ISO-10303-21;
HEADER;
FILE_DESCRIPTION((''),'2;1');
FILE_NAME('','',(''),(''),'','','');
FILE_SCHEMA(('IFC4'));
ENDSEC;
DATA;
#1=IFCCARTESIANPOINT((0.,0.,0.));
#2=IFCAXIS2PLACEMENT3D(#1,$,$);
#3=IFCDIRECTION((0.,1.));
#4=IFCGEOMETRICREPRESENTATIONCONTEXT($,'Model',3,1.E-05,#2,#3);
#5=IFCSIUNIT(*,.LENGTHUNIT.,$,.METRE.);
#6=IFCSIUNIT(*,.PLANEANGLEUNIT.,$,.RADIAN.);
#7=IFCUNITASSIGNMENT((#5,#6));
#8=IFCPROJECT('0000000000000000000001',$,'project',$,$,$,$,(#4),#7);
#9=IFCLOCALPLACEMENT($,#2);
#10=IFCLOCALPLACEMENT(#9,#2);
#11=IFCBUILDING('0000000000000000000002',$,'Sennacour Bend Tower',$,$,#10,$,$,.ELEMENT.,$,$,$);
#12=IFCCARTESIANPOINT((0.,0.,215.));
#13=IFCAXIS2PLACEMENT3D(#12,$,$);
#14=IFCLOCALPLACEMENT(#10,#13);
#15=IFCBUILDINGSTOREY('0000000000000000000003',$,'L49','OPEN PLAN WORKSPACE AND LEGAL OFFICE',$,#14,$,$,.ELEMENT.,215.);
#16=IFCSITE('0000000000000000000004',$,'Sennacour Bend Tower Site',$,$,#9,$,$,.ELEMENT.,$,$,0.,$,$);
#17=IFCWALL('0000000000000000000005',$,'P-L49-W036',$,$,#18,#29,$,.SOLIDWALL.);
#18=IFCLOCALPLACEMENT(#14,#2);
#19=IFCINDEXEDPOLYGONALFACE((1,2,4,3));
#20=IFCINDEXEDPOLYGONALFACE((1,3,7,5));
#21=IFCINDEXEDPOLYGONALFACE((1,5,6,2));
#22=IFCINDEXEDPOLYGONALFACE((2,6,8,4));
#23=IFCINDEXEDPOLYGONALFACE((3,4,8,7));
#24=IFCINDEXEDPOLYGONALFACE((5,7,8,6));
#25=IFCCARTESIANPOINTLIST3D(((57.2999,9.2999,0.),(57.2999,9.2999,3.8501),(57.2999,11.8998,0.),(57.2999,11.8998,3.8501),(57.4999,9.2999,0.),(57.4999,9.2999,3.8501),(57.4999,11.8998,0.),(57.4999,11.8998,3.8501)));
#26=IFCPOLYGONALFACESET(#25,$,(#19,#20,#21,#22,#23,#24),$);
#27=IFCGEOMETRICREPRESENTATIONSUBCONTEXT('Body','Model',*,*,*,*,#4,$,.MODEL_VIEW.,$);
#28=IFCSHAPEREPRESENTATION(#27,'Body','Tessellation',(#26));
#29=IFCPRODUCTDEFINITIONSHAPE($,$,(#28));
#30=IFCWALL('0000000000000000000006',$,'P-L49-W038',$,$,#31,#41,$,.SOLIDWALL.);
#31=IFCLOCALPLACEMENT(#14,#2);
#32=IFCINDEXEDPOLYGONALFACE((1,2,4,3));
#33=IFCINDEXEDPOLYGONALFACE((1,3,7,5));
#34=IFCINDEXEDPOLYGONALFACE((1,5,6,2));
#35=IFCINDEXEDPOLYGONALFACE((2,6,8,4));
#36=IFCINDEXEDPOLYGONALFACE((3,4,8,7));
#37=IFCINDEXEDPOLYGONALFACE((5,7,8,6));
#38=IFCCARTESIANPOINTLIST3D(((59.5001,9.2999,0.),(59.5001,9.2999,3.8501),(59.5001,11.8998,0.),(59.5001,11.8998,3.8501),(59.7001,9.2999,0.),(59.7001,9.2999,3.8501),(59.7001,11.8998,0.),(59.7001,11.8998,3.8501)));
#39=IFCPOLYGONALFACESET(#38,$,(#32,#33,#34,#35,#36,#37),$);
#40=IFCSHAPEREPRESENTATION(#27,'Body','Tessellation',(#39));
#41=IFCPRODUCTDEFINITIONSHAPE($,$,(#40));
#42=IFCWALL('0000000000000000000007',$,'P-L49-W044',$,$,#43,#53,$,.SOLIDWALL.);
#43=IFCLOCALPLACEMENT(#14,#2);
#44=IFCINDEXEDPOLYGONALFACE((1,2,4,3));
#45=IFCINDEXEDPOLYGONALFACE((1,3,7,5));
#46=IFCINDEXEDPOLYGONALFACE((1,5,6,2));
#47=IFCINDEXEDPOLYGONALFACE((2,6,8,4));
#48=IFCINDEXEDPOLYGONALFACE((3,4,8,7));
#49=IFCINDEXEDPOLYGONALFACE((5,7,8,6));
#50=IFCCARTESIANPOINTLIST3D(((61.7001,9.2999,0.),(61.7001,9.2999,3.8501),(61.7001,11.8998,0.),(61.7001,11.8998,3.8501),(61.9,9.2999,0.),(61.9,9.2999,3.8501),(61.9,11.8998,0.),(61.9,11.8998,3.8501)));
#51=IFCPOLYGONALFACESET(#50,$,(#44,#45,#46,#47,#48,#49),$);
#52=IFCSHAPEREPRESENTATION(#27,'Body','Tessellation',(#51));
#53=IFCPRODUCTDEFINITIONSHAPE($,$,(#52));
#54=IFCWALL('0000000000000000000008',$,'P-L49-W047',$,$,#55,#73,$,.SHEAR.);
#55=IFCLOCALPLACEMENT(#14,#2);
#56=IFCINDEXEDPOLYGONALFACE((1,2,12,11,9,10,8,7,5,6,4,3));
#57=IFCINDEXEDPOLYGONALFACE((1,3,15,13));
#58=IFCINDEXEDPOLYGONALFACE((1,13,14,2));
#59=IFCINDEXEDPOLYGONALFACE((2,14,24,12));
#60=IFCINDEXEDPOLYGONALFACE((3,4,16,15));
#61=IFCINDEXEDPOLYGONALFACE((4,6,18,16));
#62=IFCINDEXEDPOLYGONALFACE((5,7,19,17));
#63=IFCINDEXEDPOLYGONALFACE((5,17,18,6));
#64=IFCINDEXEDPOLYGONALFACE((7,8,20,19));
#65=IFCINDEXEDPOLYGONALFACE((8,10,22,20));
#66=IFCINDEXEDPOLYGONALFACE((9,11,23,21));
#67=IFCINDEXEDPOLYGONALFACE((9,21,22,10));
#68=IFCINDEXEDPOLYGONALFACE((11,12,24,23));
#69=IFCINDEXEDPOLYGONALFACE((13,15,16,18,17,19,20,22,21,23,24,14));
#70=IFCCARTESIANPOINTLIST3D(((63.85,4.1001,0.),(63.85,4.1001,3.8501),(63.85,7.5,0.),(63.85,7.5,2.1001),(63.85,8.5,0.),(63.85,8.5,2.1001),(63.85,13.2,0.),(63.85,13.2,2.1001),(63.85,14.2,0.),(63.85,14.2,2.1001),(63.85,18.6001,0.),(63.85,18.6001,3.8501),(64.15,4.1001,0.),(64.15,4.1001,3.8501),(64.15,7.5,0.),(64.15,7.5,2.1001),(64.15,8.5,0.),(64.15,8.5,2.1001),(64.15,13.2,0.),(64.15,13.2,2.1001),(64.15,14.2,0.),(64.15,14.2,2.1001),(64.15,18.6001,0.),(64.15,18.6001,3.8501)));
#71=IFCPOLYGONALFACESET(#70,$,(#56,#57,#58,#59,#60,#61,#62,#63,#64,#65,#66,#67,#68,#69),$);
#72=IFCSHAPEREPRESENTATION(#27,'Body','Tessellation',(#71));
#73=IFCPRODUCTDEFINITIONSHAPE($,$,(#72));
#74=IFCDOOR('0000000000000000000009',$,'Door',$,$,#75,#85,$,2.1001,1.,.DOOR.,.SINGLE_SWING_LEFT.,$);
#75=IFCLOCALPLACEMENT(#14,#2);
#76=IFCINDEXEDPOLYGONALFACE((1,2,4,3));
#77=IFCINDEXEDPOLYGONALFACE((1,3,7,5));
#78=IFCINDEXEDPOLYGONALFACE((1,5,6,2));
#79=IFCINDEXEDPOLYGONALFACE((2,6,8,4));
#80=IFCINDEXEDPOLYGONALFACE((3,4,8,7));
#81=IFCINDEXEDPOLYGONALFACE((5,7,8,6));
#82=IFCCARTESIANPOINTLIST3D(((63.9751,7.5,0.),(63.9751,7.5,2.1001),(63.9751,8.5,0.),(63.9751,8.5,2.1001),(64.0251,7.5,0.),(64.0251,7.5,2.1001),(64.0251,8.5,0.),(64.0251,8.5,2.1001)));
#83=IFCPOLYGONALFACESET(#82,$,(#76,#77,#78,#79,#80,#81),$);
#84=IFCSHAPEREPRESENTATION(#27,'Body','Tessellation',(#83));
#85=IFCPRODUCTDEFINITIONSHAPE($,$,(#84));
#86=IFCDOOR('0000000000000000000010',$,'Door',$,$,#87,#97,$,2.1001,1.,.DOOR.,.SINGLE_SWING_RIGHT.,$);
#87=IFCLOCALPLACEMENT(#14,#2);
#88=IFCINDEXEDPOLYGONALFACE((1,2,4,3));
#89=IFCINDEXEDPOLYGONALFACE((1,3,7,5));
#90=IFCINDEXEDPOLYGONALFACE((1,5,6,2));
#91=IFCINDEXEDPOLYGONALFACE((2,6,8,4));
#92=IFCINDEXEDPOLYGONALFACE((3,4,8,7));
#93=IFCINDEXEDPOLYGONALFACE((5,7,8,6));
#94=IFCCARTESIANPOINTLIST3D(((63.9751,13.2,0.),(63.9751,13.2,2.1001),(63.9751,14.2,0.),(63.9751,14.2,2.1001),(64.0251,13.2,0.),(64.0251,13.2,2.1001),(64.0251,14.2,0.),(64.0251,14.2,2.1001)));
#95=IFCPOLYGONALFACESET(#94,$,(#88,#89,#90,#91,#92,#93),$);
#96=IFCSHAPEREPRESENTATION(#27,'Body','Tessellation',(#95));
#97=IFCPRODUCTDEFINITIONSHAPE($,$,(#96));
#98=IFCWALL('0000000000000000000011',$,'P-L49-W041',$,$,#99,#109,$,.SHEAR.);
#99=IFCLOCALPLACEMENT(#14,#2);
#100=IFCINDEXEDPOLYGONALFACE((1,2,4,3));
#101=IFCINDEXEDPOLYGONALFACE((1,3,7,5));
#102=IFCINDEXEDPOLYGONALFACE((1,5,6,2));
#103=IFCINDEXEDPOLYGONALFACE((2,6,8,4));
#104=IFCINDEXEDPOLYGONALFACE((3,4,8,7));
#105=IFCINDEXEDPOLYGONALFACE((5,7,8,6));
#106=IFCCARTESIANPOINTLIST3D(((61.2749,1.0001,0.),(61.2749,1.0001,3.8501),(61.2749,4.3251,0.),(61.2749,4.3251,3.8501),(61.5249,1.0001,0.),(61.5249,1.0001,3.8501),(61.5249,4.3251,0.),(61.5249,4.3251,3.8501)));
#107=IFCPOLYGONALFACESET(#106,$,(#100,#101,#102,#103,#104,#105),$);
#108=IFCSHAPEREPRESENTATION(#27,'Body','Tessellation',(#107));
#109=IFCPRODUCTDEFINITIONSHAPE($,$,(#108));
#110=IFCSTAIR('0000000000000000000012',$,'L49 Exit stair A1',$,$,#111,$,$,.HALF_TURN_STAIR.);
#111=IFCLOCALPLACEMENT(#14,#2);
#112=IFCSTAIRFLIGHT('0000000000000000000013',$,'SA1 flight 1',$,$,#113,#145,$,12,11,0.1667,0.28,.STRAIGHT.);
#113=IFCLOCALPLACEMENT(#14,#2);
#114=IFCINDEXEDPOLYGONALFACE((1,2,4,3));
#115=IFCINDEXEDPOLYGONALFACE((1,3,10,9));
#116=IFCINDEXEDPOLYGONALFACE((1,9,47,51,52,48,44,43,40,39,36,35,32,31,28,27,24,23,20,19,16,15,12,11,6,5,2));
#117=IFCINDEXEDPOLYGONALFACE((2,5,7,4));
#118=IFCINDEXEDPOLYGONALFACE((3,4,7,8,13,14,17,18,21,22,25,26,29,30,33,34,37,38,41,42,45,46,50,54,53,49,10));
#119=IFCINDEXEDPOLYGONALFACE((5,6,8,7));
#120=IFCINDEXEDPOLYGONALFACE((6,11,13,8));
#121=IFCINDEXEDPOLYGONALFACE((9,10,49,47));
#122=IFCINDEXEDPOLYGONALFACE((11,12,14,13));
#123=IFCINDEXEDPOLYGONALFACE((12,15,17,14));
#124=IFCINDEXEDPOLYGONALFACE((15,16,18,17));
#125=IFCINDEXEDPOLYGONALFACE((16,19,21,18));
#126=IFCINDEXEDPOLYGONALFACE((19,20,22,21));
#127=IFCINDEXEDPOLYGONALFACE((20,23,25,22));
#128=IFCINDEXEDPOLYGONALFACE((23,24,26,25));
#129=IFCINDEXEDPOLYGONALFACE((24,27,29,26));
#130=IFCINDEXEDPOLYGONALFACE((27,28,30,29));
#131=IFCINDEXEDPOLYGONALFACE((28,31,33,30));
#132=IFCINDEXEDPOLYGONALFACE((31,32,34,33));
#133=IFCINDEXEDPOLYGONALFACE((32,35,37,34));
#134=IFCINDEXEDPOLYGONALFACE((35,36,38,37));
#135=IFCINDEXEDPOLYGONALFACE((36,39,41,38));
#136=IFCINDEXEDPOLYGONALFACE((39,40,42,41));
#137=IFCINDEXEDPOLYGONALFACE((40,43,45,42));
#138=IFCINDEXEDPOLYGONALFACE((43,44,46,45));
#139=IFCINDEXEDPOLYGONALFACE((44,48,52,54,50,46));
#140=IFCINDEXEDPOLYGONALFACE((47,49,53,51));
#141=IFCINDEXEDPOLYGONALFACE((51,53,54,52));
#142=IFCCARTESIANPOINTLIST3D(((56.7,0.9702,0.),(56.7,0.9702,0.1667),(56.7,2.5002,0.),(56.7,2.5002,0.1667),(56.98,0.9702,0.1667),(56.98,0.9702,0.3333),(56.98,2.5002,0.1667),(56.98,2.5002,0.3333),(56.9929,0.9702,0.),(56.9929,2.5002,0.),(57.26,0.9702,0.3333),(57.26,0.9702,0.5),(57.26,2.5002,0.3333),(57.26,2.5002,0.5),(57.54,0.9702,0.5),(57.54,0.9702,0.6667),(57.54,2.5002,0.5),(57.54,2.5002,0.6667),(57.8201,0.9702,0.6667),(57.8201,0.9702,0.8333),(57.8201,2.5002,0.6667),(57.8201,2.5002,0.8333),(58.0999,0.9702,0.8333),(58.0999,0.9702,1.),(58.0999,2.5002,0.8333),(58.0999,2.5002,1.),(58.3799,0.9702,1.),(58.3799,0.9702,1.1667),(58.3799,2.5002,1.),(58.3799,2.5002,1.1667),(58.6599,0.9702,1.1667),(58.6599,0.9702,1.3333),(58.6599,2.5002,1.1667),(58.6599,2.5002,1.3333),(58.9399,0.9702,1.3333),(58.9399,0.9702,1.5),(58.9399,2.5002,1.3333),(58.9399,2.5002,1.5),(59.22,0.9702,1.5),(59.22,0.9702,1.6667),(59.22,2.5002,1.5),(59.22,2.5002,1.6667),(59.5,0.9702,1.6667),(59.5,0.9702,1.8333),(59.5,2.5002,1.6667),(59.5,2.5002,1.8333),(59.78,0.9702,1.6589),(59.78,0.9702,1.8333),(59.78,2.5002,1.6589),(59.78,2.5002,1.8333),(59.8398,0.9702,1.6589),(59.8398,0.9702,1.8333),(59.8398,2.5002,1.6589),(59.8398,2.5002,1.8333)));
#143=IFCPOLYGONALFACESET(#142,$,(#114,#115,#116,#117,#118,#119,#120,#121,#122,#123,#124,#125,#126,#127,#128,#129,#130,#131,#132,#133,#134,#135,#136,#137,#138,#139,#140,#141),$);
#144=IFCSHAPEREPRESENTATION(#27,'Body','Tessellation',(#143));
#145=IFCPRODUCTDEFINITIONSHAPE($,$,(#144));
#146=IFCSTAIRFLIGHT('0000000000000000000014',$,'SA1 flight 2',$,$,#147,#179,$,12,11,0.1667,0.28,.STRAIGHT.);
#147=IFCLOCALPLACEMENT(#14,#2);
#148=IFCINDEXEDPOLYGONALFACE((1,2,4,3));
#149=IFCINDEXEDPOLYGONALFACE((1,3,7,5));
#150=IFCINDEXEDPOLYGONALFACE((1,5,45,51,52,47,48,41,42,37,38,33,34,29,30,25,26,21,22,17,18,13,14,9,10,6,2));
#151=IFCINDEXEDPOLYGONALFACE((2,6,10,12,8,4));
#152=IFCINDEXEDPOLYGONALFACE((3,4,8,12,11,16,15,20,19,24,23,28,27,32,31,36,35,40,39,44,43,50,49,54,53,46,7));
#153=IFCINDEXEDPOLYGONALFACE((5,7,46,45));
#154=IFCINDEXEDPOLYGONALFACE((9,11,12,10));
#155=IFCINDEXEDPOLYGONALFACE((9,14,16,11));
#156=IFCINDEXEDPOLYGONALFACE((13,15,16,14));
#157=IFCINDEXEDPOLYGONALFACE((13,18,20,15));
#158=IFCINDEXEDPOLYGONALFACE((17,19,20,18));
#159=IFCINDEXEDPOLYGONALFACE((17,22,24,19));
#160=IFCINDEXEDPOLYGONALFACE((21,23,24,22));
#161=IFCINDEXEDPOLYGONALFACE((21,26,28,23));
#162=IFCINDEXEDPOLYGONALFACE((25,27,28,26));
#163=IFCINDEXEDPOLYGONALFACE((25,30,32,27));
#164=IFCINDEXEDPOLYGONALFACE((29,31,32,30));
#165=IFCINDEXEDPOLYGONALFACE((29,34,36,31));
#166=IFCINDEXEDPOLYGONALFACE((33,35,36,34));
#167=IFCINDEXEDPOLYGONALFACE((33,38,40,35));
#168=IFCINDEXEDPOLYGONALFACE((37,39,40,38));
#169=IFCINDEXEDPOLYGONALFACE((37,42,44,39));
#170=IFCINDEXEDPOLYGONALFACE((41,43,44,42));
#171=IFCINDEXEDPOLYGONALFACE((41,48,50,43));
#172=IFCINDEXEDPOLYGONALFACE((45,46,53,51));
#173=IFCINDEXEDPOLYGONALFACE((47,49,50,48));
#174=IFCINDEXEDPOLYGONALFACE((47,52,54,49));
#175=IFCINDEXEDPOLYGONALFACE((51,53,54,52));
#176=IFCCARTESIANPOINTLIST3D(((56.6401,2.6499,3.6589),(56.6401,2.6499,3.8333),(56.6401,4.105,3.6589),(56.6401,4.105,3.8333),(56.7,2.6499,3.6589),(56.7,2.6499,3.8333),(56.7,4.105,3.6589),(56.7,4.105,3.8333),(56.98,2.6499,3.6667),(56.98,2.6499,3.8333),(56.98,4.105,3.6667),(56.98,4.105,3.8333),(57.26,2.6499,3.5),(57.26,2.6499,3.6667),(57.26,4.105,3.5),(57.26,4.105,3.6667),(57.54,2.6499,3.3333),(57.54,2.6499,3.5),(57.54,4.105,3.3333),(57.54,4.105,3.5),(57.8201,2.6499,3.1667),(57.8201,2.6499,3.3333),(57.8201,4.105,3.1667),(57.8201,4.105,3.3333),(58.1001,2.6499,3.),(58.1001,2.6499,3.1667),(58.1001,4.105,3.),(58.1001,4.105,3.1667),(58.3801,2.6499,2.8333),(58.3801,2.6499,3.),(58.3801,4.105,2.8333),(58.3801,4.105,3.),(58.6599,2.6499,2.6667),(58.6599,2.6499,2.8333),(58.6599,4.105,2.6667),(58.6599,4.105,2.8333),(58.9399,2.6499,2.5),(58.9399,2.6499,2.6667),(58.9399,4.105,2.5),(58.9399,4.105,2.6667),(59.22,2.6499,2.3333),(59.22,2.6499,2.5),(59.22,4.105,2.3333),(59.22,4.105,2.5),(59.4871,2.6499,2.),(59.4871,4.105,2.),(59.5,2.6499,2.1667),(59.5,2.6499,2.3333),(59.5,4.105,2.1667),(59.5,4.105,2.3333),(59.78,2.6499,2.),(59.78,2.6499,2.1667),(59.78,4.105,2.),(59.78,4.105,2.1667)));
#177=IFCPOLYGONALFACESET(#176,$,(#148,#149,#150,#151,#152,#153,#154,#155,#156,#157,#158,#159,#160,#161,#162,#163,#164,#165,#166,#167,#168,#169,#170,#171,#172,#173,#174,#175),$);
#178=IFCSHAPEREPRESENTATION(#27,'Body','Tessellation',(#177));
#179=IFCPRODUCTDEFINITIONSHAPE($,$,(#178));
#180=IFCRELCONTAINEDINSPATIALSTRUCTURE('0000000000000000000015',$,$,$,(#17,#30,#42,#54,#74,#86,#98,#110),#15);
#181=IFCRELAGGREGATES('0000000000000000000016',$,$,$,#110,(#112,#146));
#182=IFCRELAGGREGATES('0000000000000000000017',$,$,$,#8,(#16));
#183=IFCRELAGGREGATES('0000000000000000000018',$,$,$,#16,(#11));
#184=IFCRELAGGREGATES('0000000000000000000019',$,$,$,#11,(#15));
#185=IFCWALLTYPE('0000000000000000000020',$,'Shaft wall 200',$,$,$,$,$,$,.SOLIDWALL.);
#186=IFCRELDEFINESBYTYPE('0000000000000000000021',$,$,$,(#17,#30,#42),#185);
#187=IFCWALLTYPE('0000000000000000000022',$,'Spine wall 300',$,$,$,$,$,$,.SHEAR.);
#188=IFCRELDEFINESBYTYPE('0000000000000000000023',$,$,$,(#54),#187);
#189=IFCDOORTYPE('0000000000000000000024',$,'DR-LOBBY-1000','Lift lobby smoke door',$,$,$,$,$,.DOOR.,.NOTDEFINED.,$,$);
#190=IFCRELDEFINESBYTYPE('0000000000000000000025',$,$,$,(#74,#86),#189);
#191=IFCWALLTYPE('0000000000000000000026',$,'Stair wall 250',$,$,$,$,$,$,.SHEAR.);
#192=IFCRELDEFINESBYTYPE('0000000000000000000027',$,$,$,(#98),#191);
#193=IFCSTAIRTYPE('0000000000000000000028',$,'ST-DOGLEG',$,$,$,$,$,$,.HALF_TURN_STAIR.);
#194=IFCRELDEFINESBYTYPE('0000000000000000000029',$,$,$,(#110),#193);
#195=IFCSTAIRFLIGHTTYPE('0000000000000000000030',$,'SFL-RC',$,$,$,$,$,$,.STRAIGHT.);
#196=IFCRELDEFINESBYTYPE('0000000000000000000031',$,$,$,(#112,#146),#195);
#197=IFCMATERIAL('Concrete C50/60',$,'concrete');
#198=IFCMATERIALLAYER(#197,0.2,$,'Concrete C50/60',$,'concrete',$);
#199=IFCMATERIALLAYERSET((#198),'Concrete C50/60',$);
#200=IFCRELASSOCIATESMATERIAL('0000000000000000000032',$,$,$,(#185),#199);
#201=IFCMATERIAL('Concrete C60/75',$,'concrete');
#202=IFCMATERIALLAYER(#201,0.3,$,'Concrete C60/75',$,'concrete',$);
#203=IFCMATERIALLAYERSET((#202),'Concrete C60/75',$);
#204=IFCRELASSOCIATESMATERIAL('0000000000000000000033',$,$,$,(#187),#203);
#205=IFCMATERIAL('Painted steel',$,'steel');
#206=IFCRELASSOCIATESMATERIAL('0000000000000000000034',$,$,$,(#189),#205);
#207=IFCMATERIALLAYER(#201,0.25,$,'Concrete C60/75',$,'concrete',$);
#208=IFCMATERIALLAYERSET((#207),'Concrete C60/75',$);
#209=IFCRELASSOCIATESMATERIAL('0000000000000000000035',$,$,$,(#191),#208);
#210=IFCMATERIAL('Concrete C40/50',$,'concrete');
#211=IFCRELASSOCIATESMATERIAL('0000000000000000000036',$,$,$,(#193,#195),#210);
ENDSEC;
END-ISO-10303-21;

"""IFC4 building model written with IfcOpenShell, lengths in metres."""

from ifc_helpers import new_model, si_unit, direction, frame, frame_2d, origin, place, context, subcontext, project, spatial, polyline, rectangle, outline, extrude, material, layer, layer_set, type_object, element, fill, aggregate, save


model = new_model("IFC4")

# Units and contexts
model_context = context("Model", 3, precision=1e-05, world=origin(), true_north=direction((0.0, 1.0)))
body_context = subcontext(model_context, "Body", "Model", "MODEL_VIEW")
ifc_project = project(units=[si_unit("LENGTHUNIT", "METRE"), si_unit("PLANEANGLEUNIT", "RADIAN")], contexts=[model_context])

# Site, building, storey
site_placement = place(None, origin())
site = spatial("IfcSite", under=ifc_project, at=site_placement, Name="Sennacour Bend Tower Site", CompositionType="ELEMENT", RefElevation=0.0)
building_placement = place(site_placement, origin())
building = spatial("IfcBuilding", under=site, at=building_placement, Name="Sennacour Bend Tower", CompositionType="ELEMENT")
storey_placement = place(building_placement, frame((0.0, 0.0, 215.0)))
storey = spatial("IfcBuildingStorey", under=building, at=storey_placement, Name="L49", Description="OPEN PLAN WORKSPACE AND LEGAL OFFICE", CompositionType="ELEMENT", Elevation=215.0)

# Shared definitions
ifc_material_1 = material(Name="Concrete C60/75", Category="concrete")

# Shared definitions
ifc_material_2 = material(Name="Painted steel", Category="steel")

# Walls
ifc_material_3 = material(Name="Concrete C50/60", Category="concrete")
ifc_layer_1 = layer(ifc_material_3, 0.2, Name="Concrete C50/60", Category="concrete")
ifc_layer_set_1 = layer_set([ifc_layer_1], Name="Concrete C50/60")
wall_type_1 = type_object("IfcWallType", Name="Shaft wall 200", PredefinedType="SOLIDWALL", material=ifc_layer_set_1)
for number, where, z_axis, x_axis, name in (
    (1, (57.3999, 9.3, 0.0), (0.0, 0.0, 1.0), (0.0, 1.0, 0.0), "P-L49-W036"),
    (2, (59.6001, 9.3, 0.0), (0.0, 0.0, 1.0), (0.0, 1.0, 0.0), "P-L49-W038"),
    (3, (61.8, 9.3, 0.0), (0.0, 0.0, 1.0), (0.0, 1.0, 0.0), "P-L49-W044"),
):
    element("IfcWall", number, at=place(storey_placement, frame(where, z_axis=z_axis, x_axis=x_axis)), inside=storey, type_object=wall_type_1, Name=name, PredefinedType="SOLIDWALL", context=body_context, shape_type="SweptSolid", body=[
        extrude(rectangle(XDim=2.5999, YDim=0.2, at=frame_2d((1.2998, 0.0))), origin(), (0.0, 0.0, 1.0), 3.8501),
    ])

# Wall, openings, doors
ifc_layer_2 = layer(ifc_material_1, 0.3, Name="Concrete C60/75", Category="concrete")
ifc_layer_set_2 = layer_set([ifc_layer_2], Name="Concrete C60/75")
wall_type_2 = type_object("IfcWallType", Name="Spine wall 300", PredefinedType="SHEAR", material=ifc_layer_set_2)
wall_1_placement = place(storey_placement, frame((64.0, 4.1001, 0.0), z_axis=(0.0, 0.0, 1.0), x_axis=(0.0, 1.0, 0.0)))
wall_1 = element("IfcWall", 4, at=wall_1_placement, inside=storey, type_object=wall_type_2, Name="P-L49-W047", PredefinedType="SHEAR", context=body_context, shape_type="SweptSolid", body=[
    extrude(rectangle(XDim=14.5, YDim=0.3, at=frame_2d((7.25, 0.0))), origin(), (0.0, 0.0, 1.0), 3.8501),
])
opening_1_placement = place(wall_1_placement, frame((3.3999, 0.0, 0.0)))
opening_1 = element("IfcOpeningElement", 5, at=opening_1_placement, cuts=wall_1, PredefinedType="OPENING", context=body_context, shape_type="SweptSolid", body=[
    extrude(rectangle(XDim=1.0, YDim=2.1001, at=frame_2d((0.5, 1.05))), frame((0.0, 0.1602, 0.0), z_axis=(0.0, -1.0, 0.0), x_axis=(1.0, 0.0, 0.0)), (0.0, 0.0, 1.0), 0.3201),
])
opening_2_placement = place(wall_1_placement, frame((9.0999, 0.0, 0.0)))
opening_2 = element("IfcOpeningElement", 6, at=opening_2_placement, cuts=wall_1, PredefinedType="OPENING", context=body_context, shape_type="SweptSolid", body=[
    extrude(rectangle(XDim=1.0, YDim=2.1001, at=frame_2d((0.5, 1.05))), frame((0.0, 0.1602, 0.0), z_axis=(0.0, -1.0, 0.0), x_axis=(1.0, 0.0, 0.0)), (0.0, 0.0, 1.0), 0.3201),
])
door_type_1 = type_object("IfcDoorType", Name="DR-LOBBY-1000", Description="Lift lobby smoke door", OperationType="NOTDEFINED", PredefinedType="DOOR", material=ifc_material_2)
door_1_placement = place(opening_1_placement, origin())
door_1 = element("IfcDoor", 7, at=door_1_placement, inside=storey, type_object=door_type_1, Name="Door", OperationType="SINGLE_SWING_LEFT", OverallHeight=2.1001, OverallWidth=1.0, PredefinedType="DOOR", context=body_context, shape_type="SweptSolid", body=[
    extrude(rectangle(XDim=1.0, YDim=2.1001, at=frame_2d((0.5, 1.05))), frame((0.0, 0.0249, 0.0), z_axis=(0.0, -1.0, 0.0), x_axis=(1.0, 0.0, 0.0)), (0.0, 0.0, 1.0), 0.05),
])
fill(opening_1, door_1)
door_2_placement = place(opening_2_placement, origin())
door_2 = element("IfcDoor", 8, at=door_2_placement, inside=storey, type_object=door_type_1, Name="Door", OperationType="SINGLE_SWING_RIGHT", OverallHeight=2.1001, OverallWidth=1.0, PredefinedType="DOOR", context=body_context, shape_type="SweptSolid", body=[
    extrude(rectangle(XDim=1.0, YDim=2.1001, at=frame_2d((0.5, 1.05))), frame((0.0, 0.0249, 0.0), z_axis=(0.0, -1.0, 0.0), x_axis=(1.0, 0.0, 0.0)), (0.0, 0.0, 1.0), 0.05),
])
fill(opening_2, door_2)

# Wall
ifc_layer_3 = layer(ifc_material_1, 0.25, Name="Concrete C60/75", Category="concrete")
ifc_layer_set_3 = layer_set([ifc_layer_3], Name="Concrete C60/75")
wall_type_3 = type_object("IfcWallType", Name="Stair wall 250", PredefinedType="SHEAR", material=ifc_layer_set_3)
wall_2_placement = place(storey_placement, frame((61.3999, 1.0, 0.0), z_axis=(0.0, 0.0, 1.0), x_axis=(0.0, 1.0, 0.0)))
element("IfcWall", 9, at=wall_2_placement, inside=storey, type_object=wall_type_3, Name="P-L49-W041", PredefinedType="SHEAR", context=body_context, shape_type="SweptSolid", body=[
    extrude(rectangle(XDim=3.325, YDim=0.25, at=frame_2d((1.6626, 0.0))), origin(), (0.0, 0.0, 1.0), 3.8501),
])

# Stair, stair flights
ifc_material_4 = material(Name="Concrete C40/50", Category="concrete")
stair_type = type_object("IfcStairType", Name="ST-DOGLEG", PredefinedType="HALF_TURN_STAIR", material=ifc_material_4)
stair_placement = place(storey_placement, origin())
stair = element("IfcStair", 10, at=stair_placement, inside=storey, type_object=stair_type, Name="L49 Exit stair A1", PredefinedType="HALF_TURN_STAIR")
stair_flight_type = type_object("IfcStairFlightType", Name="SFL-RC", PredefinedType="STRAIGHT", material=ifc_material_4)
stair_flight_1_placement = place(storey_placement, frame((56.7, 1.7351, 0.0), z_axis=(0.0, 0.0, 1.0), x_axis=(1.0, 0.0, 0.0)))
stair_flight_1 = element("IfcStairFlight", 11, at=stair_flight_1_placement, type_object=stair_flight_type, Name="SA1 flight 1", NumberOfRisers=12, NumberOfTreads=11, PredefinedType="STRAIGHT", RiserHeight=0.1667, TreadLength=0.28, context=body_context, shape_type="SweptSolid", body=[
    extrude(outline(polyline([(0.0, 0.0), (0.0, 0.1667), (0.28, 0.1667), (0.28, 0.3333), (0.5601, 0.3333), (0.5601, 0.5), (0.8401, 0.5), (0.8401, 0.6667), (1.1201, 0.6667), (1.1201, 0.8333), (1.3999, 0.8333), (1.3999, 1.0), (1.6799, 1.0), (1.6799, 1.1667), (1.96, 1.1667), (1.96, 1.3333), (2.24, 1.3333), (2.24, 1.5), (2.52, 1.5), (2.52, 1.6667), (2.8, 1.6667), (2.8, 1.8333), (3.0801, 1.8333), (3.1399, 1.8333), (3.1399, 1.6589), (3.0801, 1.6589), (0.293, 0.0), (0.0, 0.0)])), frame((0.0, 0.7651, 0.0), z_axis=(0.0, -1.0, 0.0), x_axis=(1.0, 0.0, 0.0)), (0.0, 0.0, 1.0), 1.53),
])
stair_flight_2_placement = place(storey_placement, frame((59.78, 3.3774, 2.0), z_axis=(0.0, 0.0, 1.0), x_axis=(-1.0, 0.0, 0.0)))
stair_flight_2 = element("IfcStairFlight", 12, at=stair_flight_2_placement, type_object=stair_flight_type, Name="SA1 flight 2", NumberOfRisers=12, NumberOfTreads=11, PredefinedType="STRAIGHT", RiserHeight=0.1667, TreadLength=0.28, context=body_context, shape_type="SweptSolid", body=[
    extrude(outline(polyline([(0.0, 0.0), (0.0, 0.1667), (0.28, 0.1667), (0.28, 0.3333), (0.5601, 0.3333), (0.5601, 0.5), (0.8401, 0.5), (0.8401, 0.6667), (1.1201, 0.6667), (1.1201, 0.8333), (1.3999, 0.8333), (1.3999, 1.0), (1.6799, 1.0), (1.6799, 1.1667), (1.96, 1.1667), (1.96, 1.3333), (2.24, 1.3333), (2.24, 1.5), (2.52, 1.5), (2.52, 1.6667), (2.8, 1.6667), (2.8, 1.8333), (3.0801, 1.8333), (3.1399, 1.8333), (3.1399, 1.6589), (3.0801, 1.6589), (0.293, 0.0), (0.0, 0.0)])), frame((0.0, 0.7275, 0.0), z_axis=(0.0, -1.0, 0.0), x_axis=(1.0, 0.0, 0.0)), (0.0, 0.0, 1.0), 1.4551),
])
aggregate(stair, [stair_flight_1, stair_flight_2])

save(model, "model.ifc")
